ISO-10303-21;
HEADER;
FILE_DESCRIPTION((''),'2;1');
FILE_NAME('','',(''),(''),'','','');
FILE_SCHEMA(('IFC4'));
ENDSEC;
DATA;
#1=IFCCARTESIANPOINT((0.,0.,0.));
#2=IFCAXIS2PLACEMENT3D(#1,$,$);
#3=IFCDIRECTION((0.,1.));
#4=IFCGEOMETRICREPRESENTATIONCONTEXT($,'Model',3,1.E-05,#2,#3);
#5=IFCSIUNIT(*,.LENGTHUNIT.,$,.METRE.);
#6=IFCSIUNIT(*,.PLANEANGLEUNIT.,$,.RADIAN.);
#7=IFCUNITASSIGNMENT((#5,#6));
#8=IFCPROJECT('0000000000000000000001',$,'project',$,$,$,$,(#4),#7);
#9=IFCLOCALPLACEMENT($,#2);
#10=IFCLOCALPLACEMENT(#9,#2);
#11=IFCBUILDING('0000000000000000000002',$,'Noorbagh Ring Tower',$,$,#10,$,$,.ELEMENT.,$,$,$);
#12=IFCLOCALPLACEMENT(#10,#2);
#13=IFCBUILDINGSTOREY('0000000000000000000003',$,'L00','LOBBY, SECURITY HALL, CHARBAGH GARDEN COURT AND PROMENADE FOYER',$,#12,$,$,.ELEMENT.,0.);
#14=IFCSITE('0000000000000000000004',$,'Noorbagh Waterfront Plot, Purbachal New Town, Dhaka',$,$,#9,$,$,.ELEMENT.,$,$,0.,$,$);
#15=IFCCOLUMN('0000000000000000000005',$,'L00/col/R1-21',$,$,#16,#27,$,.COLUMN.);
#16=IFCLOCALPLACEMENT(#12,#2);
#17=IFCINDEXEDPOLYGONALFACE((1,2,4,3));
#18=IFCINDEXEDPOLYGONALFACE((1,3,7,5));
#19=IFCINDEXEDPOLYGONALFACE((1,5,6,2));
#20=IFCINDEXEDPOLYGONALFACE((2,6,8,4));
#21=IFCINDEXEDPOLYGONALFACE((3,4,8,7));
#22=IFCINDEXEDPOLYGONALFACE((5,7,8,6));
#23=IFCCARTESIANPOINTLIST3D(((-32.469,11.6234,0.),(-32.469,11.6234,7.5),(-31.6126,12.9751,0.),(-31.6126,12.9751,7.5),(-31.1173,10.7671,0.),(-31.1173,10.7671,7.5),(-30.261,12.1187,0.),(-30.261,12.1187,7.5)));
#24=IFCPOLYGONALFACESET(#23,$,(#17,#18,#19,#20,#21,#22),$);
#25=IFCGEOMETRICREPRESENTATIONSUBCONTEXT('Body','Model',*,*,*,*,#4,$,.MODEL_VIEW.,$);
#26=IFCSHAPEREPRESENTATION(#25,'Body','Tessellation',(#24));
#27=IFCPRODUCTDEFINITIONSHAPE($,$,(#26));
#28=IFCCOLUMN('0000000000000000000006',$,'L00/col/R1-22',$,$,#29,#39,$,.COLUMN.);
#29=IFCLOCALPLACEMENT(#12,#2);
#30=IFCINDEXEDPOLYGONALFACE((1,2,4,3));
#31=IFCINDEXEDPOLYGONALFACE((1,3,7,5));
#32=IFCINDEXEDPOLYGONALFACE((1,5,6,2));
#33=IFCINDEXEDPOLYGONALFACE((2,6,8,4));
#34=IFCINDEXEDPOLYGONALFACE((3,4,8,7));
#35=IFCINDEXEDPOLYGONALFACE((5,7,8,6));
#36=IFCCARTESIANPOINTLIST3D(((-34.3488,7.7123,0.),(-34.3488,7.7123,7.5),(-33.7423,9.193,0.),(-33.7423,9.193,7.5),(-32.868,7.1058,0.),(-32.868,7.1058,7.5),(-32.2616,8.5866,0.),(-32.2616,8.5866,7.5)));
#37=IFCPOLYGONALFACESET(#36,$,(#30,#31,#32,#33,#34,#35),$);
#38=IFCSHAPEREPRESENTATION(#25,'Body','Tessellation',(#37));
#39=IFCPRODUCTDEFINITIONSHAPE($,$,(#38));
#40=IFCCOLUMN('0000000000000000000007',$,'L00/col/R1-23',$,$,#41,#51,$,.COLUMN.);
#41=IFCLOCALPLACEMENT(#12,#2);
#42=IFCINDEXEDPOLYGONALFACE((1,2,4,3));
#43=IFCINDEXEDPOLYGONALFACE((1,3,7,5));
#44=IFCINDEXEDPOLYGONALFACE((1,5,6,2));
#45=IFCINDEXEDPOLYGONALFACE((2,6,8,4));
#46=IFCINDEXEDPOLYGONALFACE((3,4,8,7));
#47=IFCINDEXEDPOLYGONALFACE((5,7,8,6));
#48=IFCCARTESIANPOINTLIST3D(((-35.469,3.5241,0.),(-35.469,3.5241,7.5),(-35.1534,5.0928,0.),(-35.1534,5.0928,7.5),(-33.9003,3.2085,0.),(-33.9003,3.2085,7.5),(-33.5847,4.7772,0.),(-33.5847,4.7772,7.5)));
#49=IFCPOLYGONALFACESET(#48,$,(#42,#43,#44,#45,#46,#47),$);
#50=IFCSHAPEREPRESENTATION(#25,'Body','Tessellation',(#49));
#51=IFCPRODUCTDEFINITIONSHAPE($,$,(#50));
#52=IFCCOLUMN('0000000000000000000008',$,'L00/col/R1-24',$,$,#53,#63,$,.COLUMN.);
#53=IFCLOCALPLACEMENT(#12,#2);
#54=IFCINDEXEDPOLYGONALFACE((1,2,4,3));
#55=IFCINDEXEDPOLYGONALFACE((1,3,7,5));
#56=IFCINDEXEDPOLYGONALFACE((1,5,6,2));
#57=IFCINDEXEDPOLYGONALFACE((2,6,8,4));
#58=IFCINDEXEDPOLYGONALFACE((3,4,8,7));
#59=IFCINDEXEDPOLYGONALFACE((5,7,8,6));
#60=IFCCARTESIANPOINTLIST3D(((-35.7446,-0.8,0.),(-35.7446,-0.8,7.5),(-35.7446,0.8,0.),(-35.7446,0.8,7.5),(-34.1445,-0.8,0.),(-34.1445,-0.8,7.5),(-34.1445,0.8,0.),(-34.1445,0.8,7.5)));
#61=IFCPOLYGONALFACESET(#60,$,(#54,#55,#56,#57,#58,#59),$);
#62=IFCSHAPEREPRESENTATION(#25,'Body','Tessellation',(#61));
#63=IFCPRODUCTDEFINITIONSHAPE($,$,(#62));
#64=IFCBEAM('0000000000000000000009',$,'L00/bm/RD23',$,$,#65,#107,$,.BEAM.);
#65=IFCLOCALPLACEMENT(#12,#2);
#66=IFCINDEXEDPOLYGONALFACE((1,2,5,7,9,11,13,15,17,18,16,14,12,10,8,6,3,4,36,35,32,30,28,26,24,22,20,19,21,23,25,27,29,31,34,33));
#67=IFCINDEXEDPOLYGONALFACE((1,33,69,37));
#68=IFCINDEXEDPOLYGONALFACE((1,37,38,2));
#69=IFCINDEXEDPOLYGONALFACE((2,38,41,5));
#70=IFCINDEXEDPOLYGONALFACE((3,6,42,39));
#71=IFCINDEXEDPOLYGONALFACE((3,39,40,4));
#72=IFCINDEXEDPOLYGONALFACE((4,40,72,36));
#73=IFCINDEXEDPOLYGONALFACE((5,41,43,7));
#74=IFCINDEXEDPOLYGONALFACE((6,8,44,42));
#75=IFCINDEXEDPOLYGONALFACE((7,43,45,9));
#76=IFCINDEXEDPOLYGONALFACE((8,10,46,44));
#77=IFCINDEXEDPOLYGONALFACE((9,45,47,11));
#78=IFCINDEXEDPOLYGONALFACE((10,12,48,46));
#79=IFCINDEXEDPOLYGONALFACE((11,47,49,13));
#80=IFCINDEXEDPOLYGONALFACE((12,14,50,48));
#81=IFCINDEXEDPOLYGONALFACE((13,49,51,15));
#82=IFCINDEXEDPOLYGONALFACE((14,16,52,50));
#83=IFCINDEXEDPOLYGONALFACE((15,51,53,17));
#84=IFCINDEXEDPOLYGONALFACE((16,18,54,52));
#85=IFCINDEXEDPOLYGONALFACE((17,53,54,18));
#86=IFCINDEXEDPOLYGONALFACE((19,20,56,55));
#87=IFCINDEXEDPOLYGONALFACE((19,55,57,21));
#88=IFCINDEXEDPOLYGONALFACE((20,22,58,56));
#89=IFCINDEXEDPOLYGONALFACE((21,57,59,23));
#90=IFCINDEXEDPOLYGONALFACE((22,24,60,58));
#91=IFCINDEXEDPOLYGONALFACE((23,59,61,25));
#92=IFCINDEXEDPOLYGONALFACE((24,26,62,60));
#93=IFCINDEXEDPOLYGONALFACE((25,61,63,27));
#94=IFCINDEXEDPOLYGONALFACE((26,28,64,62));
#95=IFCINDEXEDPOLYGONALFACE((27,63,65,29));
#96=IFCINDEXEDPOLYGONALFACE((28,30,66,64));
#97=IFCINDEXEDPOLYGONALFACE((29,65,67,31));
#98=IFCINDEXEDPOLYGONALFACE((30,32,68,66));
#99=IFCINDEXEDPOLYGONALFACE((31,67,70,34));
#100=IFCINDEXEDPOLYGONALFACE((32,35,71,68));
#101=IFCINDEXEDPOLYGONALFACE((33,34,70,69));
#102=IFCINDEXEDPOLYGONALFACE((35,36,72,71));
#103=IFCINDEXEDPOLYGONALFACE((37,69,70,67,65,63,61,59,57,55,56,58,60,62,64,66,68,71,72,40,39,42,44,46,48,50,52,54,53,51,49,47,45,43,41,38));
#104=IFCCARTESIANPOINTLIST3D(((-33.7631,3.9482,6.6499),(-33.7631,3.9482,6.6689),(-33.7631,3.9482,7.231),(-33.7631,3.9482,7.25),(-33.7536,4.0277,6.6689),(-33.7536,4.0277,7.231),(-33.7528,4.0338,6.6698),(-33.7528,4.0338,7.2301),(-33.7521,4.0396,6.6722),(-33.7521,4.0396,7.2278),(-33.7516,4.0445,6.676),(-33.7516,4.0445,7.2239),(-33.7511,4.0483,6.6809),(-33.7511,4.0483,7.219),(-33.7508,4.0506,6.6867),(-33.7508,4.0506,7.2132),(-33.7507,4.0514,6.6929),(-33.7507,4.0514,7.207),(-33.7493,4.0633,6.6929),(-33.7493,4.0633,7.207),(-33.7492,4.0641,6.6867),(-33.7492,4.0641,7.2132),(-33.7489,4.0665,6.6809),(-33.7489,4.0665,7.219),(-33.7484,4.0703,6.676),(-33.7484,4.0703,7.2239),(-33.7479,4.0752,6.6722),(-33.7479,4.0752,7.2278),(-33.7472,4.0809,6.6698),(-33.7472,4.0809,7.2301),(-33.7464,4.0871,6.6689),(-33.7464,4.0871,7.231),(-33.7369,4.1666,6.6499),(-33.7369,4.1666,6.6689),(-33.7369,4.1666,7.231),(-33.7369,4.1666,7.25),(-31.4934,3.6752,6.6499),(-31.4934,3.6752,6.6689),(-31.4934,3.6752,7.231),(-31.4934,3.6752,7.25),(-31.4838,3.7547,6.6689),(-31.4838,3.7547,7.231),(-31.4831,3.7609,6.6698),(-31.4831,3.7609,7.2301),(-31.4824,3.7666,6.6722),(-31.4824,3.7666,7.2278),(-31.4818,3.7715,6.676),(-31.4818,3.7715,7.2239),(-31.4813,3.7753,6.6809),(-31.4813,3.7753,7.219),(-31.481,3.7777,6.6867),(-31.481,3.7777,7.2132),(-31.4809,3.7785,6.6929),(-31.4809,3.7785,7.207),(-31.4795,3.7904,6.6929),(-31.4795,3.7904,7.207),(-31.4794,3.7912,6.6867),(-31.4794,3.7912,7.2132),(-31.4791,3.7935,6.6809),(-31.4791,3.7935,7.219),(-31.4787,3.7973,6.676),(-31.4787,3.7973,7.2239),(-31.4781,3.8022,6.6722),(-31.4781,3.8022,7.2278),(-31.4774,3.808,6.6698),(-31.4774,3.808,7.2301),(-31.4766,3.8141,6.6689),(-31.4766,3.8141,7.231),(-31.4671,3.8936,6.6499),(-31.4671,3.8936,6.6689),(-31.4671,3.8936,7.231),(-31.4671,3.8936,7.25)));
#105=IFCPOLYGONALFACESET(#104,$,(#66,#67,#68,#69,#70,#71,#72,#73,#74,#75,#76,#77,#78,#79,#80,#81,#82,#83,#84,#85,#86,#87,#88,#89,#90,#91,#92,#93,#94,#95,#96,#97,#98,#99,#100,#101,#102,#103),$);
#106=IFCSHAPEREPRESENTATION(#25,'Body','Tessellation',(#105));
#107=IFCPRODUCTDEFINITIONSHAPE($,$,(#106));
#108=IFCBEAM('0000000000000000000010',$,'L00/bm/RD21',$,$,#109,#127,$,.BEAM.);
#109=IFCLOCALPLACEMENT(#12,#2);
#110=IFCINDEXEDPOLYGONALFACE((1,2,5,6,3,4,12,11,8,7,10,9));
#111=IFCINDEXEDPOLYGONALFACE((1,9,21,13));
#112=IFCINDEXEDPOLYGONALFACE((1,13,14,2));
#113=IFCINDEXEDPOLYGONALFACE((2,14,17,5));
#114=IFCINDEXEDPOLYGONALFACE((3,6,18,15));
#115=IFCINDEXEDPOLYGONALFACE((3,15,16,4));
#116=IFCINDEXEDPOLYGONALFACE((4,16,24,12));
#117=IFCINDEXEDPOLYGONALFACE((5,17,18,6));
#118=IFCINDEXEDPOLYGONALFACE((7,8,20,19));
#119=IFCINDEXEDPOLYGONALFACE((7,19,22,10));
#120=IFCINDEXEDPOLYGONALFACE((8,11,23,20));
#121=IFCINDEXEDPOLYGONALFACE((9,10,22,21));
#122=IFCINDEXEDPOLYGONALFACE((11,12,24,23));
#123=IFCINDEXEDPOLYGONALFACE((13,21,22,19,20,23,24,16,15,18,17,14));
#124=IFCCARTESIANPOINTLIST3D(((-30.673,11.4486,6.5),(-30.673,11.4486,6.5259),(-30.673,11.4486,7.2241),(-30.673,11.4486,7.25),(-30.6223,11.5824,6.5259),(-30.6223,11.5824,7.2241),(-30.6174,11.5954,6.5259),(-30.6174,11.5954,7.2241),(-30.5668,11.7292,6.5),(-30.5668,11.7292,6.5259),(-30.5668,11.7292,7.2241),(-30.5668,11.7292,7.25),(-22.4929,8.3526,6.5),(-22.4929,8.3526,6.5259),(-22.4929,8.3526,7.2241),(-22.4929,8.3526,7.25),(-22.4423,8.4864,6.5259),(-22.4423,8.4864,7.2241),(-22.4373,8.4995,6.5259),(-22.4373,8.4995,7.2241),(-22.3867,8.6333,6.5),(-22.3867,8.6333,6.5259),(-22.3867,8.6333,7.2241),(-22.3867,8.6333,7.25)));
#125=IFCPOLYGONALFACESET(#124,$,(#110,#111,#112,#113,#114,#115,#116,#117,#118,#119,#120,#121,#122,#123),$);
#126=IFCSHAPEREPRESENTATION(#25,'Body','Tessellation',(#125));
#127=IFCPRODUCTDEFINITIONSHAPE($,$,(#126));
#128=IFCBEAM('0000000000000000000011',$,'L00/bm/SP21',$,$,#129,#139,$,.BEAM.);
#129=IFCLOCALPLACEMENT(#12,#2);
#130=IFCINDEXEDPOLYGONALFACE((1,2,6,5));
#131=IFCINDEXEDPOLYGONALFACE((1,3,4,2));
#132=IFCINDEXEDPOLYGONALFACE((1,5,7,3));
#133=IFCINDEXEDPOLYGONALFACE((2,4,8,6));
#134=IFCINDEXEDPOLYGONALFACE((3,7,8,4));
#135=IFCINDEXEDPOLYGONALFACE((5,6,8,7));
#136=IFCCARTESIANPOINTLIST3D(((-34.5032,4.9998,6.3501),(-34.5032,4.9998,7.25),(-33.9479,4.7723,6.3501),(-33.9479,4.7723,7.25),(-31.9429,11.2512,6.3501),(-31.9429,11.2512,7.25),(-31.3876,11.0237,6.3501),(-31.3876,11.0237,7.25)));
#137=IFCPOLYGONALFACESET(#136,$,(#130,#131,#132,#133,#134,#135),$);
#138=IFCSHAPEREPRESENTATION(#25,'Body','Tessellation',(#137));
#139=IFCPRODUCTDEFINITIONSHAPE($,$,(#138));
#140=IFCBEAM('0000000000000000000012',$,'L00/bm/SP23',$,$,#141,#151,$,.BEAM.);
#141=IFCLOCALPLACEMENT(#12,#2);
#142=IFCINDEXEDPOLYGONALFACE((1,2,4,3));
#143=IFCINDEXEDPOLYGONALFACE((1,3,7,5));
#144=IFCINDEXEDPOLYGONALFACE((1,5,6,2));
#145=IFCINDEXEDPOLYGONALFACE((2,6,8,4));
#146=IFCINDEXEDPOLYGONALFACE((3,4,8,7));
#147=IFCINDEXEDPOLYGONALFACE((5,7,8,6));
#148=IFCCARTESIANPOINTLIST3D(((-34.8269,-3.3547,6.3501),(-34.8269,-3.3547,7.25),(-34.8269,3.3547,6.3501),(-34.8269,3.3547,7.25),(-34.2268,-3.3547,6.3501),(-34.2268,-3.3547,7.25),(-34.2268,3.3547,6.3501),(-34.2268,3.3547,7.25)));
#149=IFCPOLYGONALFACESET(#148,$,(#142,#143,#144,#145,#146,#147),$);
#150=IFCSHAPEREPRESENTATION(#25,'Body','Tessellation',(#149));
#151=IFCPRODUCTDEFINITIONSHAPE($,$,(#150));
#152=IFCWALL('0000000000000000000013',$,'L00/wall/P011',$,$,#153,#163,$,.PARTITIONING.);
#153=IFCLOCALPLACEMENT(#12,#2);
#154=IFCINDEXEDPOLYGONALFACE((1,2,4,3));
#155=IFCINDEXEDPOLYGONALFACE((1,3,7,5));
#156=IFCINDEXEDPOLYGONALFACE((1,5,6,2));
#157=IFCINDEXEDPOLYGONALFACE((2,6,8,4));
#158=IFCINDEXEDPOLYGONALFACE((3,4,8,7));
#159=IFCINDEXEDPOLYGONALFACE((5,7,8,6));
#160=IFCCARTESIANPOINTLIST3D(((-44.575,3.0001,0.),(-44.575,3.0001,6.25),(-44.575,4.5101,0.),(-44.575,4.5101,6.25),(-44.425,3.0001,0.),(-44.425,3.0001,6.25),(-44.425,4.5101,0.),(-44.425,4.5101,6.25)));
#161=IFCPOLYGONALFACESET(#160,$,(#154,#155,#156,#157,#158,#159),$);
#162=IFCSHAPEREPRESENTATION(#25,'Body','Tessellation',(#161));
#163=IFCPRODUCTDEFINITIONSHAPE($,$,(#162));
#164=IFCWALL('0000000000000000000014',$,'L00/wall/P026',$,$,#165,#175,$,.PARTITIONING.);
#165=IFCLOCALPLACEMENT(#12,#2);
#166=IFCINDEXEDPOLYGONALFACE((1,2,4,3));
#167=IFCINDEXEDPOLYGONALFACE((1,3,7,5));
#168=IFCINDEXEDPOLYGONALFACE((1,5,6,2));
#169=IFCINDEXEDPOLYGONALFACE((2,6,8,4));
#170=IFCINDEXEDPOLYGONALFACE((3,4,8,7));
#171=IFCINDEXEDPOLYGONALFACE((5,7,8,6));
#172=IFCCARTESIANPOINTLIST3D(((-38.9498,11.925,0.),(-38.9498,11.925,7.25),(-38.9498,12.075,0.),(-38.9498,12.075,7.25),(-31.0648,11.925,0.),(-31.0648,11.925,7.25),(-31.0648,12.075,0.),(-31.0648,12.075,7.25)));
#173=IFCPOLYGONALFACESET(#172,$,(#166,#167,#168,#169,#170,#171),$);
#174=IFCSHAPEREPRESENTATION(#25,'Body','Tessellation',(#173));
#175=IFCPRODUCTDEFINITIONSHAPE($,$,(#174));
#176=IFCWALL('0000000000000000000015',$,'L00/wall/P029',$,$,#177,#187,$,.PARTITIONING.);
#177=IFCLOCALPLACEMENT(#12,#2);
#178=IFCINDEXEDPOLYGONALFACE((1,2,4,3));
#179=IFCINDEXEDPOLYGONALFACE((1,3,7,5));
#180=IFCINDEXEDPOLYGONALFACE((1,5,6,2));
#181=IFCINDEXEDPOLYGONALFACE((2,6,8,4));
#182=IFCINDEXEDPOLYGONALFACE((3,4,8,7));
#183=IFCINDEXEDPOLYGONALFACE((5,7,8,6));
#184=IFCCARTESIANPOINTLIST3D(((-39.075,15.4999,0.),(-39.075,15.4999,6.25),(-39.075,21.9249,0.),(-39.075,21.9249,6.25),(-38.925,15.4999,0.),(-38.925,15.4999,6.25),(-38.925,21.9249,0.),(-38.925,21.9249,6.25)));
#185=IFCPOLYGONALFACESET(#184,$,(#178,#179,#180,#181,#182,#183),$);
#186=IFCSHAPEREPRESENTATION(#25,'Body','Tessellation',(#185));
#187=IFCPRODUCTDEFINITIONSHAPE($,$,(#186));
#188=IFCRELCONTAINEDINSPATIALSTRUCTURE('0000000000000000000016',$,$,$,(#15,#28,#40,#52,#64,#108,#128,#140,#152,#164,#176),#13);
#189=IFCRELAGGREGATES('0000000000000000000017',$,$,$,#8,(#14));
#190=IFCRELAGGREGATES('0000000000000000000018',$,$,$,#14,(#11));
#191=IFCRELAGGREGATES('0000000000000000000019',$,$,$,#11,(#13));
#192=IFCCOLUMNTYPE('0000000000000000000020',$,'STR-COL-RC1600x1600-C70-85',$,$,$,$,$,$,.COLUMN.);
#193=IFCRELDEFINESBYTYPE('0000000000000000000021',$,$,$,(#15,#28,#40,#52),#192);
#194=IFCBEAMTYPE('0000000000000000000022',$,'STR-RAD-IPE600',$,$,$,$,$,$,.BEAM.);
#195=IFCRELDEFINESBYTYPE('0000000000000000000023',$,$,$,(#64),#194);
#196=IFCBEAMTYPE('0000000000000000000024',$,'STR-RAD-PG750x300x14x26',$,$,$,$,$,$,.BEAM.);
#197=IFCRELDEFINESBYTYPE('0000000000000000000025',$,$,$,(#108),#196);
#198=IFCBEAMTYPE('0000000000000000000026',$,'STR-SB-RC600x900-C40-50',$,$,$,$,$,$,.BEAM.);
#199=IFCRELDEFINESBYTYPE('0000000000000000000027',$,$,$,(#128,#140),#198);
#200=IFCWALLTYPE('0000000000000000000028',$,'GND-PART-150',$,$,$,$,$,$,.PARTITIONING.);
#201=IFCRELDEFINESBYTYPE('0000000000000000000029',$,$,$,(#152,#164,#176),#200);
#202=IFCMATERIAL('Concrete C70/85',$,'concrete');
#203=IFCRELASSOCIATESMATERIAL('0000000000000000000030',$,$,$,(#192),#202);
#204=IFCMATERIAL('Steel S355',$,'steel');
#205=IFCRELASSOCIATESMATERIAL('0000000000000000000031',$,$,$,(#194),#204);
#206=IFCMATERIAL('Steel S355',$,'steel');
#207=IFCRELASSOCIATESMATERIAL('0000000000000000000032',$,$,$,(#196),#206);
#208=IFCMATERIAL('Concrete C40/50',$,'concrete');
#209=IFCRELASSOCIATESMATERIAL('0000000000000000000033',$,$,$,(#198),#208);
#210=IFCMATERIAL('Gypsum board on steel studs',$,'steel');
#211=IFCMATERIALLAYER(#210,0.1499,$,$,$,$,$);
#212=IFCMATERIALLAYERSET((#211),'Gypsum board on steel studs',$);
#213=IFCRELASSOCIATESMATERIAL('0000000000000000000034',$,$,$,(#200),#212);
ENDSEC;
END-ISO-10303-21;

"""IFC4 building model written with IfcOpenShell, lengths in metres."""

from ifc_helpers import new_model, si_unit, direction, frame, frame_2d, origin, origin_2d, place, context, subcontext, project, spatial, rectangle, i_section, extrude, material, layer, layer_set, material_profile, profile_set, type_object, element, save


model = new_model("IFC4")

# Units and contexts
model_context = context("Model", 3, precision=1e-05, world=origin(), true_north=direction((0.0, 1.0)))
body_context = subcontext(model_context, "Body", "Model", "MODEL_VIEW")
ifc_project = project(units=[si_unit("LENGTHUNIT", "METRE"), si_unit("PLANEANGLEUNIT", "RADIAN")], contexts=[model_context])

# Site, building, storey
site_placement = place(None, origin())
site = spatial("IfcSite", under=ifc_project, at=site_placement, Name="Noorbagh Waterfront Plot, Purbachal New Town, Dhaka", CompositionType="ELEMENT", RefElevation=0.0)
building_placement = place(site_placement, origin())
building = spatial("IfcBuilding", under=site, at=building_placement, Name="Noorbagh Ring Tower", CompositionType="ELEMENT")
storey_placement = place(building_placement, origin())
storey = spatial("IfcBuildingStorey", under=building, at=storey_placement, Name="L00", Description="LOBBY, SECURITY HALL, CHARBAGH GARDEN COURT AND PROMENADE FOYER", CompositionType="ELEMENT", Elevation=0.0)

# Columns
ifc_material_1 = material(Name="Concrete C70/85", Category="concrete")
ifc_material_profile_1 = material_profile(ifc_material_1, rectangle(XDim=1.6001, YDim=1.6001, at=origin_2d()), Name="RC1600x1600")
ifc_profile_set_1 = profile_set([ifc_material_profile_1], Name="Concrete C70/85")
column_type = type_object("IfcColumnType", Name="STR-COL-RC1600x1600-C70-85", PredefinedType="COLUMN", material=ifc_profile_set_1)
for number, where, z_axis, x_axis, name in (
    (1, (-31.365, 11.8711, 0.0), (0.0, 0.0, 1.0), (-0.53519, -0.844731, 0.0), "L00/col/R1-21"),
    (2, (-33.3052, 8.1494, 0.0), (0.0, 0.0, 1.0), (-0.378989, -0.925401, 0.0), "L00/col/R1-22"),
    (3, (-34.5269, 4.1506, 0.0), (0.0, 0.0, 1.0), (-0.19723, -0.980357, 0.0), "L00/col/R1-23"),
    (4, (-34.9446, 0.0, 0.0), (0.0, 0.0, 1.0), (0.0, -1.0, 0.0), "L00/col/R1-24"),
):
    element("IfcColumn", number, at=place(storey_placement, frame(where, z_axis=z_axis, x_axis=x_axis)), inside=storey, type_object=column_type, Name=name, PredefinedType="COLUMN", context=body_context, shape_type="SweptSolid", body=[
        extrude(rectangle(XDim=1.6001, YDim=1.6001, at=origin_2d()), origin(), (0.0, 0.0, 1.0), 7.5),
    ])

# Beams
ifc_material_2 = material(Name="Steel S355", Category="steel")
ifc_material_profile_2 = material_profile(ifc_material_2, i_section(OverallWidth=0.22, OverallDepth=0.6001, WebThickness=0.012, FlangeThickness=0.019, FilletRadius=0.0239, at=origin_2d()), Name="IPE600")
ifc_profile_set_2 = profile_set([ifc_material_profile_2], Name="Steel S355")
beam_type_1 = type_object("IfcBeamType", Name="STR-RAD-IPE600", PredefinedType="BEAM", material=ifc_profile_set_2)
beam_1_placement = place(storey_placement, frame((-33.75, 4.0574, 6.95), z_axis=(0.992847, -0.119394, 0.0), x_axis=(0.119394, 0.992847, 0.0)))
element("IfcBeam", 5, at=beam_1_placement, inside=storey, type_object=beam_type_1, Name="L00/bm/RD23", PredefinedType="BEAM", context=body_context, shape_type="SweptSolid", body=[
    extrude(i_section(OverallWidth=0.22, OverallDepth=0.6001, WebThickness=0.012, FlangeThickness=0.019, FilletRadius=0.0239, at=origin_2d()), origin(), (0.0, 0.0, 1.0), 2.2861),
])
ifc_material_3 = material(Name="Steel S355", Category="steel")
ifc_material_profile_3 = material_profile(ifc_material_3, i_section(OverallWidth=0.3, OverallDepth=0.75, WebThickness=0.0139, FlangeThickness=0.0259, at=origin_2d()), Name="PG750x300x14x26")
ifc_profile_set_3 = profile_set([ifc_material_profile_3], Name="Steel S355")
beam_type_2 = type_object("IfcBeamType", Name="STR-RAD-PG750x300x14x26", PredefinedType="BEAM", material=ifc_profile_set_3)
beam_2_placement = place(storey_placement, frame((-30.6199, 11.5889, 6.875), z_axis=(0.935258, -0.353967, 0.0), x_axis=(0.353967, 0.935258, 0.0)))
element("IfcBeam", 6, at=beam_2_placement, inside=storey, type_object=beam_type_2, Name="L00/bm/RD21", PredefinedType="BEAM", context=body_context, shape_type="SweptSolid", body=[
    extrude(i_section(OverallWidth=0.3, OverallDepth=0.75, WebThickness=0.0139, FlangeThickness=0.0259, at=origin_2d()), origin(), (0.0, 0.0, 1.0), 8.7463),
])
ifc_material_4 = material(Name="Concrete C40/50", Category="concrete")
ifc_material_profile_4 = material_profile(ifc_material_4, rectangle(XDim=0.6001, YDim=0.8999, at=origin_2d()), Name="RC600x900")
ifc_profile_set_4 = profile_set([ifc_material_profile_4], Name="Concrete C40/50")
beam_type_3 = type_object("IfcBeamType", Name="STR-SB-RC600x900-C40-50", PredefinedType="BEAM", material=ifc_profile_set_4)
beam_3_placement = place(storey_placement, frame((-31.6653, 11.1375, 6.8), z_axis=(-0.378999, -0.925397, 0.0), x_axis=(0.925397, -0.378999, 0.0)))
element("IfcBeam", 7, at=beam_3_placement, inside=storey, type_object=beam_type_3, Name="L00/bm/SP21", PredefinedType="BEAM", context=body_context, shape_type="SweptSolid", body=[
    extrude(rectangle(XDim=0.6001, YDim=0.8999, at=origin_2d()), origin(), (0.0, 0.0, 1.0), 6.7554),
])
beam_4_placement = place(storey_placement, frame((-34.5269, 3.3547, 6.8), z_axis=(0.0, -1.0, 0.0), x_axis=(1.0, 0.0, 0.0)))
element("IfcBeam", 8, at=beam_4_placement, inside=storey, type_object=beam_type_3, Name="L00/bm/SP23", PredefinedType="BEAM", context=body_context, shape_type="SweptSolid", body=[
    extrude(rectangle(XDim=0.6001, YDim=0.8999, at=origin_2d()), origin(), (0.0, 0.0, 1.0), 6.7095),
])

# Walls
ifc_material_5 = material(Name="Gypsum board on steel studs", Category="steel")
ifc_layer_1 = layer(ifc_material_5, 0.1499)
ifc_layer_set_1 = layer_set([ifc_layer_1], Name="Gypsum board on steel studs")
wall_type_1 = type_object("IfcWallType", Name="GND-PART-150", PredefinedType="PARTITIONING", material=ifc_layer_set_1)
wall_1_placement = place(storey_placement, frame((-44.5, 4.51, 0.0), z_axis=(0.0, 0.0, 1.0), x_axis=(0.0, -1.0, 0.0)))
element("IfcWall", 9, at=wall_1_placement, inside=storey, type_object=wall_type_1, Name="L00/wall/P011", PredefinedType="PARTITIONING", context=body_context, shape_type="SweptSolid", body=[
    extrude(rectangle(XDim=1.51, YDim=0.1499, at=frame_2d((0.7549, 0.0))), origin(), (0.0, 0.0, 1.0), 6.25),
])
wall_2_placement = place(storey_placement, frame((-31.0649, 12.0, 0.0), z_axis=(0.0, 0.0, 1.0), x_axis=(-1.0, 0.0, 0.0)))
element("IfcWall", 10, at=wall_2_placement, inside=storey, type_object=wall_type_1, Name="L00/wall/P026", PredefinedType="PARTITIONING", context=body_context, shape_type="SweptSolid", body=[
    extrude(rectangle(XDim=7.885, YDim=0.1499, at=frame_2d((3.9424, 0.0))), origin(), (0.0, 0.0, 1.0), 7.25),
])
wall_3_placement = place(storey_placement, frame((-39.0, 15.5, 0.0), z_axis=(0.0, 0.0, 1.0), x_axis=(0.0, 1.0, 0.0)))
element("IfcWall", 11, at=wall_3_placement, inside=storey, type_object=wall_type_1, Name="L00/wall/P029", PredefinedType="PARTITIONING", context=body_context, shape_type="SweptSolid", body=[
    extrude(rectangle(XDim=6.425, YDim=0.1499, at=frame_2d((3.2124, 0.0))), origin(), (0.0, 0.0, 1.0), 6.25),
])

save(model, "model.ifc")
